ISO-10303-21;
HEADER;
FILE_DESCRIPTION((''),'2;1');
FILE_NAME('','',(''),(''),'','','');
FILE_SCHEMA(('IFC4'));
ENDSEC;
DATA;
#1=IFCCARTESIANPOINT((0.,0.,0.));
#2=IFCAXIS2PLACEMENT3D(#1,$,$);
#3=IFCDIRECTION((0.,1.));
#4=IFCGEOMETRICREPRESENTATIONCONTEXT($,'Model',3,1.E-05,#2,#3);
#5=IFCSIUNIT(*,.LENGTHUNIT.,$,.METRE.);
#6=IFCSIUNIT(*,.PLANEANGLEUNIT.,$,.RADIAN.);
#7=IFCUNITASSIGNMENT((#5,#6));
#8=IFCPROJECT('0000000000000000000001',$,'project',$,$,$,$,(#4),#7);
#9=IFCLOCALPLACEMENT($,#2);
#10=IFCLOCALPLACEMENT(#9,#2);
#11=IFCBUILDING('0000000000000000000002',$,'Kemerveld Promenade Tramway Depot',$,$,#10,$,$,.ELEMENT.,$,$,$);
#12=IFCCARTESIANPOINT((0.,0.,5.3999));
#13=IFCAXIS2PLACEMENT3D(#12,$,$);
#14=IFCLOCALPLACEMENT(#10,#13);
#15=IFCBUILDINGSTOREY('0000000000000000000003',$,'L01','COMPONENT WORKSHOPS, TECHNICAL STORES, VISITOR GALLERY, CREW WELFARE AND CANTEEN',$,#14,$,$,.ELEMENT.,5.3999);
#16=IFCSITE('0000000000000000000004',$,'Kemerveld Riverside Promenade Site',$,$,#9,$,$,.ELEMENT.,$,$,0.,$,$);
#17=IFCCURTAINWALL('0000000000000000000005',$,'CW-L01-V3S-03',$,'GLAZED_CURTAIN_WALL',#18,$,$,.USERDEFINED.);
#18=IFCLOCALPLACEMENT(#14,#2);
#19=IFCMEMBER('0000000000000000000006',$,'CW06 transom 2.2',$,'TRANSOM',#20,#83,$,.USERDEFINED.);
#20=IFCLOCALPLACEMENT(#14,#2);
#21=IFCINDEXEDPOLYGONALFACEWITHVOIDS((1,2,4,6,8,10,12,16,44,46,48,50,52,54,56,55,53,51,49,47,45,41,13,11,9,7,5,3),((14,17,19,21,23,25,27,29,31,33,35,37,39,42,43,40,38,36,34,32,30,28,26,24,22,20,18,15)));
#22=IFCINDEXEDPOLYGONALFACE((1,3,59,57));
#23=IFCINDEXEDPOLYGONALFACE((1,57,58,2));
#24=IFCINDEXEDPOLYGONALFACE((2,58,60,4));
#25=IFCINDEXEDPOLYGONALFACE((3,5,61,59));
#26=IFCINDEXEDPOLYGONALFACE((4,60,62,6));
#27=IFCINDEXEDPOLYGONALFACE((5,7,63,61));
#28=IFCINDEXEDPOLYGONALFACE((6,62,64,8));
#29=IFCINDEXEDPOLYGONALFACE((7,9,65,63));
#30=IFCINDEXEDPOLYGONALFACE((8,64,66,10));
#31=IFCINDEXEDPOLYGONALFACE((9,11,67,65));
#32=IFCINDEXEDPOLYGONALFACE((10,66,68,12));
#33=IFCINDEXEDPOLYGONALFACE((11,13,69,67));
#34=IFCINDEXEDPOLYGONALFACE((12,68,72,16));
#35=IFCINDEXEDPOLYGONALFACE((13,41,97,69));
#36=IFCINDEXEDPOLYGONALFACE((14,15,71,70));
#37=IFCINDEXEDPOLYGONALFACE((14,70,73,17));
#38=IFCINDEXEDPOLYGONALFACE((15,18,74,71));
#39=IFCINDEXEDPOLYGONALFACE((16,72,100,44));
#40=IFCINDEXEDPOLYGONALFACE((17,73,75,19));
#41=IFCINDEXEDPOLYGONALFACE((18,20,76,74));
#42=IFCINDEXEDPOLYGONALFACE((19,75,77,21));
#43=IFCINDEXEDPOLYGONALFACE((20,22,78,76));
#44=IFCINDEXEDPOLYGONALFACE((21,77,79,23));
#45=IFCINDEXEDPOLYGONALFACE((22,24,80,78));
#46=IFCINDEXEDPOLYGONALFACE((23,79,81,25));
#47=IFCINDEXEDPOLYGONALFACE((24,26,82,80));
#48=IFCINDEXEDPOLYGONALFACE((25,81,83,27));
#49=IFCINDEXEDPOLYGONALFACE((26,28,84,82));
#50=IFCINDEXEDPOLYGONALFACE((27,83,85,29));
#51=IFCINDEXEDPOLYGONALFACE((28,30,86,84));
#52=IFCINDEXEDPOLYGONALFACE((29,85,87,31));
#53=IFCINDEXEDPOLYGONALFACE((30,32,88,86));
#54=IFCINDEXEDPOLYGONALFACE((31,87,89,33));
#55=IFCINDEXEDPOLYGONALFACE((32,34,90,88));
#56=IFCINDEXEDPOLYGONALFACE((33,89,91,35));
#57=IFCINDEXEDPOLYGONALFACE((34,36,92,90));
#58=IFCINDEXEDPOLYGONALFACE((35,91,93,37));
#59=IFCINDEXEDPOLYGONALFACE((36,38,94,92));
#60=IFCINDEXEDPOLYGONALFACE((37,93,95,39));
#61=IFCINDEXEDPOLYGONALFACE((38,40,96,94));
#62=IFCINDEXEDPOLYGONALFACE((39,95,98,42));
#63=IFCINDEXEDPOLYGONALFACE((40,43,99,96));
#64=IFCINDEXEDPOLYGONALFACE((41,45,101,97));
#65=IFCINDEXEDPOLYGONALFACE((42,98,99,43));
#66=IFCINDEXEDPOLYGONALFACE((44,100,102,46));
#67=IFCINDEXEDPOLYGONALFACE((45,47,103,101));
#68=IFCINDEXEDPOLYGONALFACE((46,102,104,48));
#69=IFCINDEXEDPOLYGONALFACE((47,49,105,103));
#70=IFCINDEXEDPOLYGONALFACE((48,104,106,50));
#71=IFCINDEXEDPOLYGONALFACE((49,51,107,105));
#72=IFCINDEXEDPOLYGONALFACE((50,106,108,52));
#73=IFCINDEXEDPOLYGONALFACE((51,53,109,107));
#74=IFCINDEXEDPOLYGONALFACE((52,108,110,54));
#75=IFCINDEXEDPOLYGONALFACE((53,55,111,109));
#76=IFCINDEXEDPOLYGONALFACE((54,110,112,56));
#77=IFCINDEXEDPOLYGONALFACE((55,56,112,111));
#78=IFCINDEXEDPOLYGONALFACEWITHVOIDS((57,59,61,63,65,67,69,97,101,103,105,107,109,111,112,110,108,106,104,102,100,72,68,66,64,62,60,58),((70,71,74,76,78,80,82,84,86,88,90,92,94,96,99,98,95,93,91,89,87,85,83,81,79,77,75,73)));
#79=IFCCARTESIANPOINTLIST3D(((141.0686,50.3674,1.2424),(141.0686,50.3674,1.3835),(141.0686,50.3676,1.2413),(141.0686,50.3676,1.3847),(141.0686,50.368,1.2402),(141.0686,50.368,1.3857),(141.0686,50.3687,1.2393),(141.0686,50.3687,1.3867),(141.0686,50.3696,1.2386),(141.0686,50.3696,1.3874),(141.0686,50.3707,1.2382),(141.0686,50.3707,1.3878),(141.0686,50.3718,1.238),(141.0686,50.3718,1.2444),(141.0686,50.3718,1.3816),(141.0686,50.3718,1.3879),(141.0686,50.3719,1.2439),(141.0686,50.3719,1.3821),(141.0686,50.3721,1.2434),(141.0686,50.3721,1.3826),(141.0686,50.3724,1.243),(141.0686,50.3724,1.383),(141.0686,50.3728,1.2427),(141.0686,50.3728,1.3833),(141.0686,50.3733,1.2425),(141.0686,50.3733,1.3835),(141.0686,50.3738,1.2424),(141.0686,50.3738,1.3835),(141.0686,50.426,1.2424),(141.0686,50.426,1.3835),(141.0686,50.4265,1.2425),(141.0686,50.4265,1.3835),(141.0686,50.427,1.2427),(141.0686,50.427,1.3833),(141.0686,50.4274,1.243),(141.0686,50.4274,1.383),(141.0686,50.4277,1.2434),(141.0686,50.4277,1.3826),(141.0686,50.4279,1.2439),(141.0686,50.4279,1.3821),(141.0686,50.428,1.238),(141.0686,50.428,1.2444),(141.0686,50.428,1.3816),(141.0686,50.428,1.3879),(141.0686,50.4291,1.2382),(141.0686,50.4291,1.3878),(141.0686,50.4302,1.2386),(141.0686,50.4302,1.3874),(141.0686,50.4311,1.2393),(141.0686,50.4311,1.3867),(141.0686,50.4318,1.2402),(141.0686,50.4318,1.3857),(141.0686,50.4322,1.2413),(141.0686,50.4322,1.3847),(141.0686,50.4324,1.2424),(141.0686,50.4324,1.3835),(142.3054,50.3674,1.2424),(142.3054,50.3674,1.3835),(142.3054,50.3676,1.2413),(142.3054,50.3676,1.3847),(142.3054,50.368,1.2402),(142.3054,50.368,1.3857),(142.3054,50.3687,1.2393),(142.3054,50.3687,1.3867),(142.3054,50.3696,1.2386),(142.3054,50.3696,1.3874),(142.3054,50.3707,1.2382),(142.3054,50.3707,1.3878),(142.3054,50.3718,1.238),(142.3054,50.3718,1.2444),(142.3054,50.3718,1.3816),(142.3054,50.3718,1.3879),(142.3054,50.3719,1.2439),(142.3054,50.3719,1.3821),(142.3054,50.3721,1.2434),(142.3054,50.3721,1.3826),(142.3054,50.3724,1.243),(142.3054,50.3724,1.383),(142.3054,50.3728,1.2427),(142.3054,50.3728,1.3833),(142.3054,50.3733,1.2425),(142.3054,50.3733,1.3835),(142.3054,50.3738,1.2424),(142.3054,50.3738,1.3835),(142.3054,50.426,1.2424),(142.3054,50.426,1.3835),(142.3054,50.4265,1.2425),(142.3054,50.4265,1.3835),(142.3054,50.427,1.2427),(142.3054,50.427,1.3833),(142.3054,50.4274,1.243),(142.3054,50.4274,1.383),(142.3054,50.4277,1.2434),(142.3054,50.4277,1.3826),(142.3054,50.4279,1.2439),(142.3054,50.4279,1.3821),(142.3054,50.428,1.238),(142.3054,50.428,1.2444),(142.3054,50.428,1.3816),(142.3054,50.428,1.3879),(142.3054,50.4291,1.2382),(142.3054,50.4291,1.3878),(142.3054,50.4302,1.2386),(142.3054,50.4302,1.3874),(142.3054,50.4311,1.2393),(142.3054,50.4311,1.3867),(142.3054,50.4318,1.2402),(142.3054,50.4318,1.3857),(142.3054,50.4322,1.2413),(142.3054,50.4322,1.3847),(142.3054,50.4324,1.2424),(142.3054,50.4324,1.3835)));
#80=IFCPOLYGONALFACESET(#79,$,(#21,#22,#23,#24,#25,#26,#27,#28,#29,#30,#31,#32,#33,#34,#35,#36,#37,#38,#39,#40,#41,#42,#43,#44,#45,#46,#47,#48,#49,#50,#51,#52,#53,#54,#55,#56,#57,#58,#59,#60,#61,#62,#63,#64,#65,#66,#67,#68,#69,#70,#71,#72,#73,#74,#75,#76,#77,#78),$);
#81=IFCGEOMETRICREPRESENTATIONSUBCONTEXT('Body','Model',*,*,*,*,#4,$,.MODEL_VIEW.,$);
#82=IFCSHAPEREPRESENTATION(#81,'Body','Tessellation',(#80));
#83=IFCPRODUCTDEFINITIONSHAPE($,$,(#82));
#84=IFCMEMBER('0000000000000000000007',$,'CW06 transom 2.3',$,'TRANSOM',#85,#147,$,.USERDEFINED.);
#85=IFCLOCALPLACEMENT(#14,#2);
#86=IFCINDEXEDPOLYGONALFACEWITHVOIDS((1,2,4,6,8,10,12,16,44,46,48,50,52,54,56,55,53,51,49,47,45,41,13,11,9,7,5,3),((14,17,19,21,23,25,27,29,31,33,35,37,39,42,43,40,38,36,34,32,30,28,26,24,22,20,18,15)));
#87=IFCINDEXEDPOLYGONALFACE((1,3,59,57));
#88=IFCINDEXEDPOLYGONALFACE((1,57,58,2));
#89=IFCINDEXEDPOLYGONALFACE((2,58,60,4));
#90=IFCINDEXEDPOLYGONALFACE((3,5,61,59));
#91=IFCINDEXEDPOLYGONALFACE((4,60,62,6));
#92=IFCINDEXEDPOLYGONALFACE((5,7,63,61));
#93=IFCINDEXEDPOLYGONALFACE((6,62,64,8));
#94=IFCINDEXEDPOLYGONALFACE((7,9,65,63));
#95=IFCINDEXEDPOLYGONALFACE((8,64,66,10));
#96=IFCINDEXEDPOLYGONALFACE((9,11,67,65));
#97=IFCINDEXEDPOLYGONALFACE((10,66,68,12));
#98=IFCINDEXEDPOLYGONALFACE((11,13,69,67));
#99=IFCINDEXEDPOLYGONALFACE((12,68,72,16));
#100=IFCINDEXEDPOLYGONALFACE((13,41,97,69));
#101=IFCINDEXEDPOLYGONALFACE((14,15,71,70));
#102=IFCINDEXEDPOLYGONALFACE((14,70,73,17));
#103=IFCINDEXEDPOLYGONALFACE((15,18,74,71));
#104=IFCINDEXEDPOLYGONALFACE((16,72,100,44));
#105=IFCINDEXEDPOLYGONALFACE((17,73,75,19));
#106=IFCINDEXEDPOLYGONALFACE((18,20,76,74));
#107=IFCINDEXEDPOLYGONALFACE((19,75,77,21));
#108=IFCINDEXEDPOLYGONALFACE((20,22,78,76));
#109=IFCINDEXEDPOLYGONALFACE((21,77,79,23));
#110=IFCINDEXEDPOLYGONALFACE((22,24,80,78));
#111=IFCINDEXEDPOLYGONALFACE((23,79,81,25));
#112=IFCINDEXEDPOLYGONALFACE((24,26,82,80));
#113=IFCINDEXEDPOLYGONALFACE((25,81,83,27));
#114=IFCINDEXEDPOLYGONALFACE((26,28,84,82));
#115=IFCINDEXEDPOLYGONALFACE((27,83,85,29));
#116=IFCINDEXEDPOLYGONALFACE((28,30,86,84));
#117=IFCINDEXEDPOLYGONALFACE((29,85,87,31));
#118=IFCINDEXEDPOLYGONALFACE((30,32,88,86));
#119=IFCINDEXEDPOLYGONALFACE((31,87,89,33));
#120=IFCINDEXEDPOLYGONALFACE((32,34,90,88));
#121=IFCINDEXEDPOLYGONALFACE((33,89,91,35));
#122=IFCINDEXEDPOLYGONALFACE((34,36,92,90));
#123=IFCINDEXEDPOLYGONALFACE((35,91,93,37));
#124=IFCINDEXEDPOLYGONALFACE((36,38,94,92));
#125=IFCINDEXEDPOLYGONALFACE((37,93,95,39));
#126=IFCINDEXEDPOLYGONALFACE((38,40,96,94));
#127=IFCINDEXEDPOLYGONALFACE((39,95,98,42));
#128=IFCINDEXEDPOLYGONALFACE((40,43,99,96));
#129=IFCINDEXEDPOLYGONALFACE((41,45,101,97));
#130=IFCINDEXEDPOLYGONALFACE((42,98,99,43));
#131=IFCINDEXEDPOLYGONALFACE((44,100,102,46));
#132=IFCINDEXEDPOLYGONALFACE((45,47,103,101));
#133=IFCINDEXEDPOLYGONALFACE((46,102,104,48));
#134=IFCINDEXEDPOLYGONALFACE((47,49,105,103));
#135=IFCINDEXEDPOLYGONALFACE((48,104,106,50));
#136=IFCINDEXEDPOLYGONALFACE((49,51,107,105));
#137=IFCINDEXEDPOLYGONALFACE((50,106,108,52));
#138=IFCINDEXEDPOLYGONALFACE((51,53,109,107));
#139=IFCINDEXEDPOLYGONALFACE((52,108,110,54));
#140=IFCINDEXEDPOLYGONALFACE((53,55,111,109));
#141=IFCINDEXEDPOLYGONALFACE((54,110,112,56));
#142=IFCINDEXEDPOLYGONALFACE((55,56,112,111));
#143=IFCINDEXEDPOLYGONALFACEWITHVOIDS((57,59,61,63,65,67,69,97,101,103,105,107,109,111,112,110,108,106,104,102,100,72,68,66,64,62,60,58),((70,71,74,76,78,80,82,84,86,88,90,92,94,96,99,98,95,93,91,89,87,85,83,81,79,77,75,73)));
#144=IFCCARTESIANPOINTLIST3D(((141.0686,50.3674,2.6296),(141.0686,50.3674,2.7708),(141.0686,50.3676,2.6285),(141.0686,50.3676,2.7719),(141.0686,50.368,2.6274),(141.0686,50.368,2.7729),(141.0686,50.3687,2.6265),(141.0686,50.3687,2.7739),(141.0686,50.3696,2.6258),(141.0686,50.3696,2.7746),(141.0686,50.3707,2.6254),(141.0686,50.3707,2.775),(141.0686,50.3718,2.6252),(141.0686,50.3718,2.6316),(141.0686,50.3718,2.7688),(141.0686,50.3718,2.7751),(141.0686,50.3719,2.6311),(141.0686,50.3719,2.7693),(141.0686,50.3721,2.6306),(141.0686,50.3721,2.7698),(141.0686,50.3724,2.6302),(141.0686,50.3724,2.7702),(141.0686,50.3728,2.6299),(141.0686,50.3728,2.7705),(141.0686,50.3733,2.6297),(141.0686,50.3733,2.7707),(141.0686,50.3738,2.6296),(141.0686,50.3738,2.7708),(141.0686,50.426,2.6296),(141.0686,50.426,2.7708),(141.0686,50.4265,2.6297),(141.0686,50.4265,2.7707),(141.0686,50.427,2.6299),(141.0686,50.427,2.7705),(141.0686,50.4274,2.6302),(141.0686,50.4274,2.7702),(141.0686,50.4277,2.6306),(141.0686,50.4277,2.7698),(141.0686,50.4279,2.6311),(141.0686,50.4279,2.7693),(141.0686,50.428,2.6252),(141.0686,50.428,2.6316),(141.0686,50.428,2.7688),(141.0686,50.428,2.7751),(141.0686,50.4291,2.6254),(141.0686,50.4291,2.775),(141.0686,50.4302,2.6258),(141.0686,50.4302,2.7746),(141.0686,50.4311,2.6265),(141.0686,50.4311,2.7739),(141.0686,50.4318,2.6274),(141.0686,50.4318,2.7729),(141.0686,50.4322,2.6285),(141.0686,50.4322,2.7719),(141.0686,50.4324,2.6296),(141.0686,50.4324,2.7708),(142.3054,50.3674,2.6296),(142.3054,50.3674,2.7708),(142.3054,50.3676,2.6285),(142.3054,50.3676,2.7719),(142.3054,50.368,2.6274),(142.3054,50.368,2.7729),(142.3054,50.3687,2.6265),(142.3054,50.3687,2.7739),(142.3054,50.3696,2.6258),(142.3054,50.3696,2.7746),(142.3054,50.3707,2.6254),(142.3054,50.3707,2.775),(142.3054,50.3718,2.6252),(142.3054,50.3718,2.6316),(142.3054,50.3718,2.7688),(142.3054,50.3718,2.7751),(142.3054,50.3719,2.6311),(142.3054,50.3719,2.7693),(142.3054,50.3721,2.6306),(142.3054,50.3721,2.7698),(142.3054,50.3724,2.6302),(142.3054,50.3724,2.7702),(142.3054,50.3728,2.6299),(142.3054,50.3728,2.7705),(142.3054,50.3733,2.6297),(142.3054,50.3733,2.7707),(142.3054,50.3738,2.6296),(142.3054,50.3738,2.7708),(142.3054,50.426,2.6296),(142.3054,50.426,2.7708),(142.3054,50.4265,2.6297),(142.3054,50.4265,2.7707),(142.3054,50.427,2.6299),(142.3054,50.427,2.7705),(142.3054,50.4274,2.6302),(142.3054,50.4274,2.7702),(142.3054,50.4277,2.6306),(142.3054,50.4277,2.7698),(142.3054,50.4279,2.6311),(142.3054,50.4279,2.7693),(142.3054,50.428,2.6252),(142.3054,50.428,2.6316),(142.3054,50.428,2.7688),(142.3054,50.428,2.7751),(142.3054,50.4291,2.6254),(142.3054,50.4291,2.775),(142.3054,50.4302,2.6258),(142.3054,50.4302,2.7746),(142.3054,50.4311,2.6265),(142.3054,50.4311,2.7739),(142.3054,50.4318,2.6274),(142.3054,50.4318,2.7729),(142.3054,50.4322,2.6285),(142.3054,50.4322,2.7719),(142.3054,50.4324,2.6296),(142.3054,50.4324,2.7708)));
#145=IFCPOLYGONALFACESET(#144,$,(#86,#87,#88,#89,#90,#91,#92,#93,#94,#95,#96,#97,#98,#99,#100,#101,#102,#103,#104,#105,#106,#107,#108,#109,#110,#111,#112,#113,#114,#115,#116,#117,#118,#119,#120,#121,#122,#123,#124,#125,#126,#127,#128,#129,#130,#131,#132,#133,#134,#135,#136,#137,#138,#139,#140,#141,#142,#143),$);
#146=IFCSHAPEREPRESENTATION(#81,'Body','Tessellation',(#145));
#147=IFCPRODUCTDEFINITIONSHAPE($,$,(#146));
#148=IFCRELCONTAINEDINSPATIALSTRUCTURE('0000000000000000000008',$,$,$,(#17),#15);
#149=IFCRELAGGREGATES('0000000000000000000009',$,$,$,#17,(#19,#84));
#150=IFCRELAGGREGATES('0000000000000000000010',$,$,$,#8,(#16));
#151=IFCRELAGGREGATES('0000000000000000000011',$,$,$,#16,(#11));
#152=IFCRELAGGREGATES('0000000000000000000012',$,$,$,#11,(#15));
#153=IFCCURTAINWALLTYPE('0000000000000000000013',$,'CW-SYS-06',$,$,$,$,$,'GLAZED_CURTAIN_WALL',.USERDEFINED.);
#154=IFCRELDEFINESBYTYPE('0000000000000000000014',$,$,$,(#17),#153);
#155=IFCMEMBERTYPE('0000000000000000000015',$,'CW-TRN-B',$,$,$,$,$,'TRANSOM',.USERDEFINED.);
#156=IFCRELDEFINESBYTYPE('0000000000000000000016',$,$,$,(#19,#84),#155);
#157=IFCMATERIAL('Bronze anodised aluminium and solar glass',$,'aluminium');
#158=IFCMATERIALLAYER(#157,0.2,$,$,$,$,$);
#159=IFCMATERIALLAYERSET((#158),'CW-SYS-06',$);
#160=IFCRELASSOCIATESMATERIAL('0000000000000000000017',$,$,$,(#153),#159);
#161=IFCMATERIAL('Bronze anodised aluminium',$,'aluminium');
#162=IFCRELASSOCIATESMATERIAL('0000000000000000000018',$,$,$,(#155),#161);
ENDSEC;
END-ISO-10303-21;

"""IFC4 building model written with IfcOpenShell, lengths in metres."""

from ifc_helpers import new_model, si_unit, direction, frame, origin, origin_2d, place, context, subcontext, project, spatial, hollow_rectangle, extrude, material, layer, layer_set, material_profile, profile_set, type_object, element, aggregate, save


model = new_model("IFC4")

# Units and contexts
model_context = context("Model", 3, precision=1e-05, world=origin(), true_north=direction((0.0, 1.0)))
body_context = subcontext(model_context, "Body", "Model", "MODEL_VIEW")
ifc_project = project(units=[si_unit("LENGTHUNIT", "METRE"), si_unit("PLANEANGLEUNIT", "RADIAN")], contexts=[model_context])

# Site, building, storey
site_placement = place(None, origin())
site = spatial("IfcSite", under=ifc_project, at=site_placement, Name="Kemerveld Riverside Promenade Site", CompositionType="ELEMENT", RefElevation=0.0)
building_placement = place(site_placement, origin())
building = spatial("IfcBuilding", under=site, at=building_placement, Name="Kemerveld Promenade Tramway Depot", CompositionType="ELEMENT")
storey_placement = place(building_placement, frame((0.0, 0.0, 5.3999)))
storey = spatial("IfcBuildingStorey", under=building, at=storey_placement, Name="L01", Description="COMPONENT WORKSHOPS, TECHNICAL STORES, VISITOR GALLERY, CREW WELFARE AND CANTEEN", CompositionType="ELEMENT", Elevation=5.3999)

# Curtain wall, members
ifc_material_1 = material(Name="Bronze anodised aluminium and solar glass", Category="aluminium")
ifc_layer_1 = layer(ifc_material_1, 0.2)
ifc_layer_set_1 = layer_set([ifc_layer_1], Name="CW-SYS-06")
curtain_wall_type = type_object("IfcCurtainWallType", Name="CW-SYS-06", ElementType="GLAZED_CURTAIN_WALL", PredefinedType="USERDEFINED", material=ifc_layer_set_1)
curtain_wall_placement = place(storey_placement, origin())
curtain_wall = element("IfcCurtainWall", 1, at=curtain_wall_placement, inside=storey, type_object=curtain_wall_type, Name="CW-L01-V3S-03", ObjectType="GLAZED_CURTAIN_WALL", PredefinedType="USERDEFINED")
ifc_material_2 = material(Name="Bronze anodised aluminium", Category="aluminium")
ifc_material_profile_1 = material_profile(ifc_material_2, hollow_rectangle(XDim=0.0649, YDim=0.1499, WallThickness=0.0044, InnerFilletRadius=0.002, OuterFilletRadius=0.0044, at=origin_2d()), Name="CW-TRN-150x65")
ifc_profile_set_1 = profile_set([ifc_material_profile_1], Name="Bronze anodised aluminium")
member_type_1 = type_object("IfcMemberType", Name="CW-TRN-B", ElementType="TRANSOM", PredefinedType="USERDEFINED", material=ifc_profile_set_1)
member_1_placement = place(storey_placement, frame((142.3054, 50.3999, 1.313), z_axis=(-1.0, 0.0, 0.0), x_axis=(0.0, -1.0, 0.0)))
member_1 = element("IfcMember", 2, at=member_1_placement, type_object=member_type_1, Name="CW06 transom 2.2", ObjectType="TRANSOM", PredefinedType="USERDEFINED", context=body_context, shape_type="SweptSolid", body=[
    extrude(hollow_rectangle(XDim=0.0649, YDim=0.1499, WallThickness=0.0044, InnerFilletRadius=0.002, OuterFilletRadius=0.0044, at=origin_2d()), origin(), (0.0, 0.0, 1.0), 1.2368),
])
member_2_placement = place(storey_placement, frame((142.3054, 50.3999, 2.7002), z_axis=(-1.0, 0.0, 0.0), x_axis=(0.0, -1.0, 0.0)))
member_2 = element("IfcMember", 3, at=member_2_placement, type_object=member_type_1, Name="CW06 transom 2.3", ObjectType="TRANSOM", PredefinedType="USERDEFINED", context=body_context, shape_type="SweptSolid", body=[
    extrude(hollow_rectangle(XDim=0.0649, YDim=0.1499, WallThickness=0.0044, InnerFilletRadius=0.002, OuterFilletRadius=0.0044, at=origin_2d()), origin(), (0.0, 0.0, 1.0), 1.2368),
])
aggregate(curtain_wall, [member_1, member_2])

save(model, "model.ifc")
